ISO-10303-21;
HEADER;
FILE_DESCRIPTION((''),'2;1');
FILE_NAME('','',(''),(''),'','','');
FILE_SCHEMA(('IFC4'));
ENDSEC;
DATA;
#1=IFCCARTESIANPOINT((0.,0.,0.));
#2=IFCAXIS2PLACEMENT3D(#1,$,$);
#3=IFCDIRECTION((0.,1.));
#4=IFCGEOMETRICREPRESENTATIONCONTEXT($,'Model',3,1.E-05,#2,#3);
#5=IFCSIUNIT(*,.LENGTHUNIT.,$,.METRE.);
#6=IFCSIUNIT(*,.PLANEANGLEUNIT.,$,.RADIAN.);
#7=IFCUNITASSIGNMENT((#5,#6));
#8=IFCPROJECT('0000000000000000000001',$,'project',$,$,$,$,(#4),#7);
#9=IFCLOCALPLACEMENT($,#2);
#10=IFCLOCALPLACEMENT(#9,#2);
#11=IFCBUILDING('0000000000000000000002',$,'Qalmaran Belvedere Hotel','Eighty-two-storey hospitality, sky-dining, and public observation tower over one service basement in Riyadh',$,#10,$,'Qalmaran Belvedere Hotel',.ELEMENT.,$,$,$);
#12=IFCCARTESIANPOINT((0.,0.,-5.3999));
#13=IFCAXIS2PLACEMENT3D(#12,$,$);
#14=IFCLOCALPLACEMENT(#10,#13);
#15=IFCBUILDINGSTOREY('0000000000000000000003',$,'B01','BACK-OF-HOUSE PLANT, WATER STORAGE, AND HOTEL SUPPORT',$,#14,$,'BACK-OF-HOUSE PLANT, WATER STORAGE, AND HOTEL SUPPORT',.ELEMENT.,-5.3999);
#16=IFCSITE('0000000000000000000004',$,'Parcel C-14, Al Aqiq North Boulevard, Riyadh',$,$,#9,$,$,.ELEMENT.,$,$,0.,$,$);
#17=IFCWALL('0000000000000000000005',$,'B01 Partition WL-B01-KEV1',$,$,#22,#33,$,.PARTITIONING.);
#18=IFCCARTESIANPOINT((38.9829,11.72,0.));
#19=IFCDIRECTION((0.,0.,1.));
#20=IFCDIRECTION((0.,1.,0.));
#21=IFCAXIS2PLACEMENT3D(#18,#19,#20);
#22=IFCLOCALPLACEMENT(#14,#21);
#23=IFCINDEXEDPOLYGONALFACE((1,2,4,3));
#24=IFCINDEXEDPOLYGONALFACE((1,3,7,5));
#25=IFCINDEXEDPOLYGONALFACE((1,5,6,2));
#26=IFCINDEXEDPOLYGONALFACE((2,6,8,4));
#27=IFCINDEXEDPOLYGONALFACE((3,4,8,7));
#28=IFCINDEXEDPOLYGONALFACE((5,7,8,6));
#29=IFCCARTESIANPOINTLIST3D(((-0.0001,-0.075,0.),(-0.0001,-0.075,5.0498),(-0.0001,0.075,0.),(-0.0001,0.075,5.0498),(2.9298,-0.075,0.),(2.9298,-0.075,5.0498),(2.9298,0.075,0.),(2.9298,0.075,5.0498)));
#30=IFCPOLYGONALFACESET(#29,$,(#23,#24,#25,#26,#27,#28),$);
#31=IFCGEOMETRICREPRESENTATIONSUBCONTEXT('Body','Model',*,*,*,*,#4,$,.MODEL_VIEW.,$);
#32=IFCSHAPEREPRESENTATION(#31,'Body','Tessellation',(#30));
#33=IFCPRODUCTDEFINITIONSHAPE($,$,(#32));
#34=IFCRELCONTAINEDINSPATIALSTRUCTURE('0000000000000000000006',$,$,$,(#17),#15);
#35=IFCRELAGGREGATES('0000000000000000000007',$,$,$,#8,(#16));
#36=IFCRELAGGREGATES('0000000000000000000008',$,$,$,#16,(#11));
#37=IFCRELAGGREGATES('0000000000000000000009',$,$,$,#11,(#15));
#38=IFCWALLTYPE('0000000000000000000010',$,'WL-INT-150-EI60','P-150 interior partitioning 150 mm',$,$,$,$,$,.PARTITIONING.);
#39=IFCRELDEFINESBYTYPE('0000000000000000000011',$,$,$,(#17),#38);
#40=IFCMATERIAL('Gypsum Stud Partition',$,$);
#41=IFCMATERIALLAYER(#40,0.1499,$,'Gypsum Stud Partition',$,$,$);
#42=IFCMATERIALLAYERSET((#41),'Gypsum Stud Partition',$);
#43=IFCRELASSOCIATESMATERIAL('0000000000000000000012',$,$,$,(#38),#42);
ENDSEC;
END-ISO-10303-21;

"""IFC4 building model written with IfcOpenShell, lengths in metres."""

from ifc_helpers import new_model, si_unit, direction, frame, frame_2d, origin, place, context, subcontext, project, spatial, rectangle, extrude, material, layer, layer_set, type_object, element, save


model = new_model("IFC4")

# Units and contexts
model_context = context("Model", 3, precision=1e-05, world=origin(), true_north=direction((0.0, 1.0)))
body_context = subcontext(model_context, "Body", "Model", "MODEL_VIEW")
ifc_project = project(units=[si_unit("LENGTHUNIT", "METRE"), si_unit("PLANEANGLEUNIT", "RADIAN")], contexts=[model_context])

# Site, building, storey
site_placement = place(None, origin())
site = spatial("IfcSite", under=ifc_project, at=site_placement, Name="Parcel C-14, Al Aqiq North Boulevard, Riyadh", CompositionType="ELEMENT", RefElevation=0.0)
building_placement = place(site_placement, origin())
building = spatial("IfcBuilding", under=site, at=building_placement, Name="Qalmaran Belvedere Hotel", Description="Eighty-two-storey hospitality, sky-dining, and public observation tower over one service basement in Riyadh", LongName="Qalmaran Belvedere Hotel", CompositionType="ELEMENT")
storey_placement = place(building_placement, frame((0.0, 0.0, -5.3999)))
storey = spatial("IfcBuildingStorey", under=building, at=storey_placement, Name="B01", Description="BACK-OF-HOUSE PLANT, WATER STORAGE, AND HOTEL SUPPORT", LongName="BACK-OF-HOUSE PLANT, WATER STORAGE, AND HOTEL SUPPORT", CompositionType="ELEMENT", Elevation=-5.3999)

# Wall
ifc_material_1 = material(Name="Gypsum Stud Partition")
ifc_layer_1 = layer(ifc_material_1, 0.1499, Name="Gypsum Stud Partition")
ifc_layer_set_1 = layer_set([ifc_layer_1], Name="Gypsum Stud Partition")
wall_type_1 = type_object("IfcWallType", Name="WL-INT-150-EI60", Description="P-150 interior partitioning 150 mm", PredefinedType="PARTITIONING", material=ifc_layer_set_1)
wall_1_placement = place(storey_placement, frame((38.9829, 11.72, 0.0), z_axis=(0.0, 0.0, 1.0), x_axis=(0.0, 1.0, 0.0)))
element("IfcWall", 1, at=wall_1_placement, inside=storey, type_object=wall_type_1, Name="B01 Partition WL-B01-KEV1", PredefinedType="PARTITIONING", context=body_context, shape_type="SweptSolid", body=[
    extrude(rectangle(XDim=2.9299, YDim=0.1499, at=frame_2d((1.4648, 0.0))), origin(), (0.0, 0.0, 1.0), 5.0498),
])

save(model, "model.ifc")
